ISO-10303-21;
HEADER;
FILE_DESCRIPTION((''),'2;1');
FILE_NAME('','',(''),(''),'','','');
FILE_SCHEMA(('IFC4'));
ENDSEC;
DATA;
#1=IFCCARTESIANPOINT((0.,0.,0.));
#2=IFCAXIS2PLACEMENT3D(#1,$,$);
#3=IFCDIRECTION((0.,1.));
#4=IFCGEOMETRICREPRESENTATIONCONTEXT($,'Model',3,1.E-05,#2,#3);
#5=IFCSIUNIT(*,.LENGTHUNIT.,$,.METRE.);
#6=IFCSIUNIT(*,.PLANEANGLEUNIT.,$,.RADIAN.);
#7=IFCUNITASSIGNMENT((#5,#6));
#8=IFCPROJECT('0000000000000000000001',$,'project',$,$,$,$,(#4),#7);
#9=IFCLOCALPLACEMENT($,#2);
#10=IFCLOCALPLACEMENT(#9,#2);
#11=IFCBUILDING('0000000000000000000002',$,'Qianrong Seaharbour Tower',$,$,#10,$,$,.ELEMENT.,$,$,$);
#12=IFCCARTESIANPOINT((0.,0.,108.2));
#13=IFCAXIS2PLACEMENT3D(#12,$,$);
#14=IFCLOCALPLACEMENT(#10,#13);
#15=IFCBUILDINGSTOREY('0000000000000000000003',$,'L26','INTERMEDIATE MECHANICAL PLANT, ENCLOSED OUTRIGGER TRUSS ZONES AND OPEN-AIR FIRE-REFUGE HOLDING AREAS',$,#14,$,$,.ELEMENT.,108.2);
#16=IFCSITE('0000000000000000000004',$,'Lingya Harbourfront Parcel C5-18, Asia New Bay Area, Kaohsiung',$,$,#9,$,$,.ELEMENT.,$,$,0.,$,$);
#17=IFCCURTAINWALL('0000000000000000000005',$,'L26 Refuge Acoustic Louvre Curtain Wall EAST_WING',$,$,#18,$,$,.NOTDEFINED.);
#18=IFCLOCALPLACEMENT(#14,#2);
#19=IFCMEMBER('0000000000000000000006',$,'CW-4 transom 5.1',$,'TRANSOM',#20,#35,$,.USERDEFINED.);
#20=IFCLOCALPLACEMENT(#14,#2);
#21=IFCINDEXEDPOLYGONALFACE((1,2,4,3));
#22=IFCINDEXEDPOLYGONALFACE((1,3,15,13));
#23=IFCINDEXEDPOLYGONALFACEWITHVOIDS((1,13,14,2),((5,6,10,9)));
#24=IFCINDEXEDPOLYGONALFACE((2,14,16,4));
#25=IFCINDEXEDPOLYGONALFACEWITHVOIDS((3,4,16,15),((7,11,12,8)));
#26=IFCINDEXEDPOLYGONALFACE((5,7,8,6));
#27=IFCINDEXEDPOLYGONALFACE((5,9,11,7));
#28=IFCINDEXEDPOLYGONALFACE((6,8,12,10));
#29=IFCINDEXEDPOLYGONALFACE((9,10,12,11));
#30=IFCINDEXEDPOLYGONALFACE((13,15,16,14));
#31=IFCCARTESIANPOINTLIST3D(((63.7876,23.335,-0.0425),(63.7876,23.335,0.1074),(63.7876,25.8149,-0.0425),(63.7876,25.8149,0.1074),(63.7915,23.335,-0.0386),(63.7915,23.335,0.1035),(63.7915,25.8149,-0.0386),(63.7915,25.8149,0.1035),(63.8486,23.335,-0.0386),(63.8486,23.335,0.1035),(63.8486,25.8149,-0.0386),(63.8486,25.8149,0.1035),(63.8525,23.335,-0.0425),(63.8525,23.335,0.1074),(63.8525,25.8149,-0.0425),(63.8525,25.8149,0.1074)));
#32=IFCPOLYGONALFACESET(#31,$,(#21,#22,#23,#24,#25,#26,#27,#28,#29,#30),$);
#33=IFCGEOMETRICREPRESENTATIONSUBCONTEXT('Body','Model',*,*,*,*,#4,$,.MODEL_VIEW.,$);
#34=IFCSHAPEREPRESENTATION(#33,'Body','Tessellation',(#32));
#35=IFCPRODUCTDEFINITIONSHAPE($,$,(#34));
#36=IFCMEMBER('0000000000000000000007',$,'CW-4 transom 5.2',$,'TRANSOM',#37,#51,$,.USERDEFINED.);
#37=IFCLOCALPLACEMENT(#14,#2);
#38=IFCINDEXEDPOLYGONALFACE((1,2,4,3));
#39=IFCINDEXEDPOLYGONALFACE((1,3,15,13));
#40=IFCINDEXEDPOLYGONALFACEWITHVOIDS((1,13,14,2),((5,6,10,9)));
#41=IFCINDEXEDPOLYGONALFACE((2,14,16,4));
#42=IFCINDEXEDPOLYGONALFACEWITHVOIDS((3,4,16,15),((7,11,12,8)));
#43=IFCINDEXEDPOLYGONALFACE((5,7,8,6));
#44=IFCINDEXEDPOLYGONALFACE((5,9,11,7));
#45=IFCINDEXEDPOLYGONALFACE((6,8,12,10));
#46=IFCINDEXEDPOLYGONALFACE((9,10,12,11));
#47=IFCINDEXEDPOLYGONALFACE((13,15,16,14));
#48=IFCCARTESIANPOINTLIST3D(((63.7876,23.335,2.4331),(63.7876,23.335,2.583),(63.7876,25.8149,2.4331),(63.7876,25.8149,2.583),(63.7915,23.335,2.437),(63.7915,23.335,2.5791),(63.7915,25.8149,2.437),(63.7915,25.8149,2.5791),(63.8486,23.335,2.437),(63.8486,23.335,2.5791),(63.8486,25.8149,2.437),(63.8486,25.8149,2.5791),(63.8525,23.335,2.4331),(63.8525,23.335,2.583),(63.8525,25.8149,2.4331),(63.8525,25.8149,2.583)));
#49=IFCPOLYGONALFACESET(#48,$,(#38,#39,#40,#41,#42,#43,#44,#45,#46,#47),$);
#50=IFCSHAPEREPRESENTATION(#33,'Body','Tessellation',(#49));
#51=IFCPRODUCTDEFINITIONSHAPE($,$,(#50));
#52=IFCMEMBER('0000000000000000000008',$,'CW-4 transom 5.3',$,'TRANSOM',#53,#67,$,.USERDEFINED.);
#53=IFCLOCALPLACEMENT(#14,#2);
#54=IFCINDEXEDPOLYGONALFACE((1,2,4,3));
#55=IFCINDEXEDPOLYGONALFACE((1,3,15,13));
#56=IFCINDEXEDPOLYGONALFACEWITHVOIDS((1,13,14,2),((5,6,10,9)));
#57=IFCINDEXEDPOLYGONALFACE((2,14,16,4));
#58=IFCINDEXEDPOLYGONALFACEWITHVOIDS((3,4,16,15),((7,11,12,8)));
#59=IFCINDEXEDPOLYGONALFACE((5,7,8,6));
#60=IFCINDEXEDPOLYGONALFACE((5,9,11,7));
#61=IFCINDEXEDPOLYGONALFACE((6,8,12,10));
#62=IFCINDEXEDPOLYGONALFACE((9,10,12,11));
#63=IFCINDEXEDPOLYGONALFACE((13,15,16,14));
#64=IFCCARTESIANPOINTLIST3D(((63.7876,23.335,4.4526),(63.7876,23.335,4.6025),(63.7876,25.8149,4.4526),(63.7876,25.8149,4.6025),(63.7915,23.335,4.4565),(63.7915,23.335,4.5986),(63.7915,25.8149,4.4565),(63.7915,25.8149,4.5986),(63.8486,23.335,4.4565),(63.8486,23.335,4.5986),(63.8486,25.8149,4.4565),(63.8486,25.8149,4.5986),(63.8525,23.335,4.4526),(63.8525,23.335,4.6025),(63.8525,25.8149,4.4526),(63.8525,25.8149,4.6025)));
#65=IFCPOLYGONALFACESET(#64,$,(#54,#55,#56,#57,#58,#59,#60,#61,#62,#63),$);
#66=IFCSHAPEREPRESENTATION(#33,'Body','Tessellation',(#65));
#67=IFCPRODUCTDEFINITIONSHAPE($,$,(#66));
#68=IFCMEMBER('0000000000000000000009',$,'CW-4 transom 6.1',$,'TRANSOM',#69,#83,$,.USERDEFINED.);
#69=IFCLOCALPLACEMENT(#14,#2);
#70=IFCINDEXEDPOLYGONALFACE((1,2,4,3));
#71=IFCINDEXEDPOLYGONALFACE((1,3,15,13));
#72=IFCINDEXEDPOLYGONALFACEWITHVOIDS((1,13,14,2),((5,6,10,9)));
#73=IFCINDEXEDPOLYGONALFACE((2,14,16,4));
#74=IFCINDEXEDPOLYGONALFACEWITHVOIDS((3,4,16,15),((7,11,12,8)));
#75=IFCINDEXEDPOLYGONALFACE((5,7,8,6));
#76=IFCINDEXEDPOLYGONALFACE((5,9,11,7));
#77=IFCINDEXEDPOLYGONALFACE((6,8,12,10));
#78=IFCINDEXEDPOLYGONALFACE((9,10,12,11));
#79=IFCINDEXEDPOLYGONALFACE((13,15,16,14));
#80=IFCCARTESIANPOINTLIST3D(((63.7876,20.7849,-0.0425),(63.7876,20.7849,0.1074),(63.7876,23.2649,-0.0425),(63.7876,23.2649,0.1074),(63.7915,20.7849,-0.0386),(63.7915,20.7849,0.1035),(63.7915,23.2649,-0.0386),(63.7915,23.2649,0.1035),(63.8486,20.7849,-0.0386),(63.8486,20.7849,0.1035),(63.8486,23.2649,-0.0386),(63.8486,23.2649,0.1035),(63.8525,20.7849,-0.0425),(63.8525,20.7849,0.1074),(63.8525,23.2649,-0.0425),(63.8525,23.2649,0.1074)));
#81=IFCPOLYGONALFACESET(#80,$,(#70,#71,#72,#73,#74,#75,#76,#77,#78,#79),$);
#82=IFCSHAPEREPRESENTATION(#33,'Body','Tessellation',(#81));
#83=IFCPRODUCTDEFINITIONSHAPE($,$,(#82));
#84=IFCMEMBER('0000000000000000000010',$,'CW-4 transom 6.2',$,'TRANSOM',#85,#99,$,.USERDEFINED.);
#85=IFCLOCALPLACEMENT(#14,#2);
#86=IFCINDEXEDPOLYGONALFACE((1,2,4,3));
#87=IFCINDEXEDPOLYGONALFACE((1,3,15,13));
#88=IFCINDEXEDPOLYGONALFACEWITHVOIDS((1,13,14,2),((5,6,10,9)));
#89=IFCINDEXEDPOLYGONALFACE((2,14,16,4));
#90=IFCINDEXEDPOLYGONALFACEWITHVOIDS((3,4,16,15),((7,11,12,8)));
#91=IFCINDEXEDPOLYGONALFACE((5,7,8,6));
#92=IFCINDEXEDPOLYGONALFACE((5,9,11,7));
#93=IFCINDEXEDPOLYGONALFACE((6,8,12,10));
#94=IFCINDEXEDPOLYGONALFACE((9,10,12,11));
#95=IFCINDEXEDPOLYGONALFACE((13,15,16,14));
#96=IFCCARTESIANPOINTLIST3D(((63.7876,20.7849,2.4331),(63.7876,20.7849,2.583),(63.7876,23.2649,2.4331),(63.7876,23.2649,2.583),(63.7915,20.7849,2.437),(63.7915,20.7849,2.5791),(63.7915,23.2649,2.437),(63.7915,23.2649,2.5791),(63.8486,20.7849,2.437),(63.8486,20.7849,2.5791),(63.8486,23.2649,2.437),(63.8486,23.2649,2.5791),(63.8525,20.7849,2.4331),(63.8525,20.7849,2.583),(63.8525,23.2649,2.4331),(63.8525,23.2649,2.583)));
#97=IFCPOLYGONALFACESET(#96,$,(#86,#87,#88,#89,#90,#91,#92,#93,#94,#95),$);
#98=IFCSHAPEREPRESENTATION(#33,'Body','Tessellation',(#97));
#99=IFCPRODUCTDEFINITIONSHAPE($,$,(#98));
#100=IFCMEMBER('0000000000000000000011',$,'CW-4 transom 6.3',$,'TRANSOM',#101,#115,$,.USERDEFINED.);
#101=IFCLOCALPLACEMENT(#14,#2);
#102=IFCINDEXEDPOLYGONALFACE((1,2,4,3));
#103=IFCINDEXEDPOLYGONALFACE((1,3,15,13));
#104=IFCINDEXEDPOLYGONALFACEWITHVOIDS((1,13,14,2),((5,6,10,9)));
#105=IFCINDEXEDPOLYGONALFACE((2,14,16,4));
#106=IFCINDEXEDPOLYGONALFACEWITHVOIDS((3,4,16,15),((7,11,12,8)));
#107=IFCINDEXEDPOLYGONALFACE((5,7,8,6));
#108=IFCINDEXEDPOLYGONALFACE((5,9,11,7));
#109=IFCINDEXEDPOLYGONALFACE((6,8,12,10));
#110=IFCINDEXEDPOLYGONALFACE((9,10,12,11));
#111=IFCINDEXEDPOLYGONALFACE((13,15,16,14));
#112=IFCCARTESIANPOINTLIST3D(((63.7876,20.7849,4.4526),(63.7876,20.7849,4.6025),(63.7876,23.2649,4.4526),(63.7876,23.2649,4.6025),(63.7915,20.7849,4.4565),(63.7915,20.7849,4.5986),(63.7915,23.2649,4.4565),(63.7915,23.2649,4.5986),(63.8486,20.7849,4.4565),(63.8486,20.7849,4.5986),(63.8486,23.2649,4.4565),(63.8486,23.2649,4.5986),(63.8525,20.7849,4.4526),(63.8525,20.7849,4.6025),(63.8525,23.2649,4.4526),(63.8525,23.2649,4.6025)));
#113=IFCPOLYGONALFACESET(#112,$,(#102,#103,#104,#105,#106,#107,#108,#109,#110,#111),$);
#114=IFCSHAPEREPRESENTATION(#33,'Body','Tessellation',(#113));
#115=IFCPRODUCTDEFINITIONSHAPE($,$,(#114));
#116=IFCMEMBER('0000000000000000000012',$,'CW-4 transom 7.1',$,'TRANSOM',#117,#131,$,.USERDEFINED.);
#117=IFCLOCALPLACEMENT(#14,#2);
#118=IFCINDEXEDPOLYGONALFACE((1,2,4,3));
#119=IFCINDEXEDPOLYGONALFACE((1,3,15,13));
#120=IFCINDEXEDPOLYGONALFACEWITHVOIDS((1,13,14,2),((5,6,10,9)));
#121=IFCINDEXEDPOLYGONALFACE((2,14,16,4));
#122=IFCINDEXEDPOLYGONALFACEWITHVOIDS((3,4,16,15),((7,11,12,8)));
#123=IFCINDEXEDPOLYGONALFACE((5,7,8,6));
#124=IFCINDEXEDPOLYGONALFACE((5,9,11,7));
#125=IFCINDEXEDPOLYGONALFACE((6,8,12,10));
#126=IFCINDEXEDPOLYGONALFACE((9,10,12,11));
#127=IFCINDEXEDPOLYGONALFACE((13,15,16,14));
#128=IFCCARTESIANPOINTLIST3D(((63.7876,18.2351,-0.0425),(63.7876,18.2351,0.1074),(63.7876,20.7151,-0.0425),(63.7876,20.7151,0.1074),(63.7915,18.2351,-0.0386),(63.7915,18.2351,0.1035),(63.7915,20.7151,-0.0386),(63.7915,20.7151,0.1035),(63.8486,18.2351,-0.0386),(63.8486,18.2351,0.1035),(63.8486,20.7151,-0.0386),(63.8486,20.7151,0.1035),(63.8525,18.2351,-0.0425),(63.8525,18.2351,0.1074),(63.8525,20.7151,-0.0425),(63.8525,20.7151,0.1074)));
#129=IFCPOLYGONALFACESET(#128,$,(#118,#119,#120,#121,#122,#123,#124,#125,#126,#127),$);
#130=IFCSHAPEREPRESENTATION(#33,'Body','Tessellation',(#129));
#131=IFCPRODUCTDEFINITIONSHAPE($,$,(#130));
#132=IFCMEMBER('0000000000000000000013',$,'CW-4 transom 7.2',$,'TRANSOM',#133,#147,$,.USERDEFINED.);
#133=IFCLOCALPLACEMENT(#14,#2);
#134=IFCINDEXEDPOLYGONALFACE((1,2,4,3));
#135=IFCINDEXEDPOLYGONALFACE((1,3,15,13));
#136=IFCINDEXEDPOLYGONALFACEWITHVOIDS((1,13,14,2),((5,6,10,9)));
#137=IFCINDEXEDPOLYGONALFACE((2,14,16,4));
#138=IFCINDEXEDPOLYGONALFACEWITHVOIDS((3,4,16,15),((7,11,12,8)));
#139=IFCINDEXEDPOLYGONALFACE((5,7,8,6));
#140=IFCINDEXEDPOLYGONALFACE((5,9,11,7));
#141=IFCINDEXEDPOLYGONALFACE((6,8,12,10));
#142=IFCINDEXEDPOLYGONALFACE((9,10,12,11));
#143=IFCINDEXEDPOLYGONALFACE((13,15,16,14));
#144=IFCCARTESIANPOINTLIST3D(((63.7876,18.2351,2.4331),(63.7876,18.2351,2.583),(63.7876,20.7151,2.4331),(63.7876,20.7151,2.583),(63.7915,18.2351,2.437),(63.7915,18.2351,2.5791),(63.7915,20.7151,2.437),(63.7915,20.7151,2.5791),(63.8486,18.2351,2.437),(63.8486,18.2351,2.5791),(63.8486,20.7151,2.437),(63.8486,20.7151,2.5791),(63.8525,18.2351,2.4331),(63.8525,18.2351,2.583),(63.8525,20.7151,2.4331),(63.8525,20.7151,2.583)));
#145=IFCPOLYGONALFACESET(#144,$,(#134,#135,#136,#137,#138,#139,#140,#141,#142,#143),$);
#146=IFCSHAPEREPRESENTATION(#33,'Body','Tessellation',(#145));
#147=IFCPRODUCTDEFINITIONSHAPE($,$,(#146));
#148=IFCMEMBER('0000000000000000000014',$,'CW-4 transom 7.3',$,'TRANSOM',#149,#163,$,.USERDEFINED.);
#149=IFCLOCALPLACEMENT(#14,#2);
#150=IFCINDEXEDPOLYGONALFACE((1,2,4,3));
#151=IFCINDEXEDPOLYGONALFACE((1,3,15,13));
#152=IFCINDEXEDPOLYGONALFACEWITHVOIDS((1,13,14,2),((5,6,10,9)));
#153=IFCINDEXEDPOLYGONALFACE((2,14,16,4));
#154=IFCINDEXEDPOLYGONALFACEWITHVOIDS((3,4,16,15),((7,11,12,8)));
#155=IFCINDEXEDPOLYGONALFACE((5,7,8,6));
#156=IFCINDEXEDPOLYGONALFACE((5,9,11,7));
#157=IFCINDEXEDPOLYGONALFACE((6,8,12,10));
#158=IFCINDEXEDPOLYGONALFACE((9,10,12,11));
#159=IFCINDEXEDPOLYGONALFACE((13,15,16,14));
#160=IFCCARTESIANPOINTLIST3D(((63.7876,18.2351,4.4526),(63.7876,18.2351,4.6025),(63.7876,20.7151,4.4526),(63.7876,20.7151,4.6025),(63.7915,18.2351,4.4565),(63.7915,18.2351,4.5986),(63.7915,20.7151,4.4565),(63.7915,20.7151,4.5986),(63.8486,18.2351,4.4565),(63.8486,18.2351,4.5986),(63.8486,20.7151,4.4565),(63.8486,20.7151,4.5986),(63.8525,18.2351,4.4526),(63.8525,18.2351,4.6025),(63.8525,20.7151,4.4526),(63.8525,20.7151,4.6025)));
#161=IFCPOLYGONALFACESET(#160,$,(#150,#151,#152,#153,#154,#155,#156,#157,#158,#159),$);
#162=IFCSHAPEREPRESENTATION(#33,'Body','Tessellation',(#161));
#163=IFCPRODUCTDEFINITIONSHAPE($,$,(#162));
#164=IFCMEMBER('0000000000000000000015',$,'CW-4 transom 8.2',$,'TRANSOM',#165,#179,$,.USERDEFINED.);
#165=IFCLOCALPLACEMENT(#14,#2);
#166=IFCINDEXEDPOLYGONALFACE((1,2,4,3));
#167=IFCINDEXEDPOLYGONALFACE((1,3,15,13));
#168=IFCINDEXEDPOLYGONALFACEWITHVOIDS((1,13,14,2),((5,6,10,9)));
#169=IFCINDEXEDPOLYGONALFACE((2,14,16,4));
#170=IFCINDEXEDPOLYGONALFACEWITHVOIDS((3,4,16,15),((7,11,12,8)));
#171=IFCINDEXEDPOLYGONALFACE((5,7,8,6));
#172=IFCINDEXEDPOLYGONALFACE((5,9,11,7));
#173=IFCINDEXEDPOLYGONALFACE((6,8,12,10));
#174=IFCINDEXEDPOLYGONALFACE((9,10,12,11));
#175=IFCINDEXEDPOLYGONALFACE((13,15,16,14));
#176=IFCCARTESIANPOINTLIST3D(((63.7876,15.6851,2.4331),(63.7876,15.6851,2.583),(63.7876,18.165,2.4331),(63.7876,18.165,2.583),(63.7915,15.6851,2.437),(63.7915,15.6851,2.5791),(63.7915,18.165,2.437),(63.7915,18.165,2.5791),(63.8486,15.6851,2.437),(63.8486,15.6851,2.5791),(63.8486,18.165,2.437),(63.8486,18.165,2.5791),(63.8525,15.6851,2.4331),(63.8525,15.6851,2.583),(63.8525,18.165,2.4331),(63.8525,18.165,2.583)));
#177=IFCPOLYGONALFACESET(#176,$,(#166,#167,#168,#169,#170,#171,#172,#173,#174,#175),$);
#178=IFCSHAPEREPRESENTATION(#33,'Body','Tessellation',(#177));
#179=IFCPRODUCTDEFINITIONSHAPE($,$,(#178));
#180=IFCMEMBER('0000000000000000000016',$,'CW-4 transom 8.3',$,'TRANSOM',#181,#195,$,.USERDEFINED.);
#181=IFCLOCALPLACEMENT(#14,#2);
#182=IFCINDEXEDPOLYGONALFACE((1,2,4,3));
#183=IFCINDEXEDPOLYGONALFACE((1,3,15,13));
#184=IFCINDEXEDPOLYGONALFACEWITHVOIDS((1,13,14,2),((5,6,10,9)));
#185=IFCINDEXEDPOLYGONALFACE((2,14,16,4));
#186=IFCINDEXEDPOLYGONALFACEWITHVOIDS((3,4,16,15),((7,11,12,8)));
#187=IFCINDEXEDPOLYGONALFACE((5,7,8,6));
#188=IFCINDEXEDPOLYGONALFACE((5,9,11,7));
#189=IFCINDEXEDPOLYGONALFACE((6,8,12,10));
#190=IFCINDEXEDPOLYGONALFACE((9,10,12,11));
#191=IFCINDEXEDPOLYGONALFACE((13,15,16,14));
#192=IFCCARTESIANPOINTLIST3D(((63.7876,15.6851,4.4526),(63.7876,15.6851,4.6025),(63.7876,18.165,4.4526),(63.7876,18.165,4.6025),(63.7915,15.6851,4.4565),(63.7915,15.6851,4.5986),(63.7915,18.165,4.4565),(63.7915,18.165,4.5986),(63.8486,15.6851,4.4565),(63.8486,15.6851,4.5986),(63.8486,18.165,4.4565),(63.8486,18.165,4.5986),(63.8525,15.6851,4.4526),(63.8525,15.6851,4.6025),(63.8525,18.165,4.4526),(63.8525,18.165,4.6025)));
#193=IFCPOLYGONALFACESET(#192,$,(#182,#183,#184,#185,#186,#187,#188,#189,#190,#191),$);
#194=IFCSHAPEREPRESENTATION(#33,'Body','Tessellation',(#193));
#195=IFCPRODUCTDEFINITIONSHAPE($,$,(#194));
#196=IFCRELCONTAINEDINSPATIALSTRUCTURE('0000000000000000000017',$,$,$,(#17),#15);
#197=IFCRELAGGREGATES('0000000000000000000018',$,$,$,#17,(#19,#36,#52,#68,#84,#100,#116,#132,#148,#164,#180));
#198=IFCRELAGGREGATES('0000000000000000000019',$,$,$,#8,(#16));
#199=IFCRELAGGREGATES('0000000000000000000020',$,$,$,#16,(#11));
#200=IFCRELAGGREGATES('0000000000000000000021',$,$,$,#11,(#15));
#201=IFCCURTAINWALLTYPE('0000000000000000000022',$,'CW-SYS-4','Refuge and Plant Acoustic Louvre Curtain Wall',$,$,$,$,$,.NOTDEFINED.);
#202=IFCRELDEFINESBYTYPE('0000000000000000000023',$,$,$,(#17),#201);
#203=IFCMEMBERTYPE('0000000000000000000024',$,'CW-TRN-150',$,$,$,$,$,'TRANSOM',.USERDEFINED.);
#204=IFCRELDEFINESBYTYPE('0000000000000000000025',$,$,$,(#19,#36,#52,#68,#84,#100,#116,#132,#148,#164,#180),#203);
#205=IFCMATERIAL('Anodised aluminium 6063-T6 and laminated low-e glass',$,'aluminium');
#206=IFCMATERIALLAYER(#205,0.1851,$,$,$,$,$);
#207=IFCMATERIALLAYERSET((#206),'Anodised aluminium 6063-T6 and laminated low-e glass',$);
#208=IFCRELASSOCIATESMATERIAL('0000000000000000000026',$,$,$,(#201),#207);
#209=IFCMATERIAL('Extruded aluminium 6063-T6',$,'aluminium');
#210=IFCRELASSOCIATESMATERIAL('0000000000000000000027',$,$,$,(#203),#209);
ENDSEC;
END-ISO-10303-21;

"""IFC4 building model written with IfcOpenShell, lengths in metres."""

from ifc_helpers import new_model, si_unit, direction, frame, origin, origin_2d, place, context, subcontext, project, spatial, hollow_rectangle, extrude, material, layer, layer_set, material_profile, profile_set, type_object, element, aggregate, save


model = new_model("IFC4")

# Units and contexts
model_context = context("Model", 3, precision=1e-05, world=origin(), true_north=direction((0.0, 1.0)))
body_context = subcontext(model_context, "Body", "Model", "MODEL_VIEW")
ifc_project = project(units=[si_unit("LENGTHUNIT", "METRE"), si_unit("PLANEANGLEUNIT", "RADIAN")], contexts=[model_context])

# Site, building, storey
site_placement = place(None, origin())
site = spatial("IfcSite", under=ifc_project, at=site_placement, Name="Lingya Harbourfront Parcel C5-18, Asia New Bay Area, Kaohsiung", CompositionType="ELEMENT", RefElevation=0.0)
building_placement = place(site_placement, origin())
building = spatial("IfcBuilding", under=site, at=building_placement, Name="Qianrong Seaharbour Tower", CompositionType="ELEMENT")
storey_placement = place(building_placement, frame((0.0, 0.0, 108.2)))
storey = spatial("IfcBuildingStorey", under=building, at=storey_placement, Name="L26", Description="INTERMEDIATE MECHANICAL PLANT, ENCLOSED OUTRIGGER TRUSS ZONES AND OPEN-AIR FIRE-REFUGE HOLDING AREAS", CompositionType="ELEMENT", Elevation=108.2)

# Curtain wall, members
ifc_material_1 = material(Name="Anodised aluminium 6063-T6 and laminated low-e glass", Category="aluminium")
ifc_layer_1 = layer(ifc_material_1, 0.1851)
ifc_layer_set_1 = layer_set([ifc_layer_1], Name="Anodised aluminium 6063-T6 and laminated low-e glass")
curtain_wall_type = type_object("IfcCurtainWallType", Name="CW-SYS-4", Description="Refuge and Plant Acoustic Louvre Curtain Wall", PredefinedType="NOTDEFINED", material=ifc_layer_set_1)
curtain_wall_placement = place(storey_placement, origin())
curtain_wall = element("IfcCurtainWall", 1, at=curtain_wall_placement, inside=storey, type_object=curtain_wall_type, Name="L26 Refuge Acoustic Louvre Curtain Wall EAST_WING", PredefinedType="NOTDEFINED")
ifc_material_2 = material(Name="Extruded aluminium 6063-T6", Category="aluminium")
ifc_material_profile_1 = material_profile(ifc_material_2, hollow_rectangle(XDim=0.0649, YDim=0.1499, WallThickness=0.0039, at=origin_2d()), Name="ALU-TRN-150x65x4")
ifc_profile_set_1 = profile_set([ifc_material_profile_1], Name="Extruded aluminium 6063-T6")
member_type_1 = type_object("IfcMemberType", Name="CW-TRN-150", ElementType="TRANSOM", PredefinedType="USERDEFINED", material=ifc_profile_set_1)
member_1_placement = place(storey_placement, frame((63.8201, 25.8149, 0.0325), z_axis=(0.0, -1.0, 0.0), x_axis=(1.0, 0.0, 0.0)))
member_1 = element("IfcMember", 2, at=member_1_placement, type_object=member_type_1, Name="CW-4 transom 5.1", ObjectType="TRANSOM", PredefinedType="USERDEFINED", context=body_context, shape_type="SweptSolid", body=[
    extrude(hollow_rectangle(XDim=0.0649, YDim=0.1499, WallThickness=0.0039, at=origin_2d()), origin(), (0.0, 0.0, 1.0), 2.48),
])
member_2_placement = place(storey_placement, frame((63.8201, 25.8149, 2.5081), z_axis=(0.0, -1.0, 0.0), x_axis=(1.0, 0.0, 0.0)))
member_2 = element("IfcMember", 3, at=member_2_placement, type_object=member_type_1, Name="CW-4 transom 5.2", ObjectType="TRANSOM", PredefinedType="USERDEFINED", context=body_context, shape_type="SweptSolid", body=[
    extrude(hollow_rectangle(XDim=0.0649, YDim=0.1499, WallThickness=0.0039, at=origin_2d()), origin(), (0.0, 0.0, 1.0), 2.48),
])
member_3_placement = place(storey_placement, frame((63.8201, 25.8149, 4.5276), z_axis=(0.0, -1.0, 0.0), x_axis=(1.0, 0.0, 0.0)))
member_3 = element("IfcMember", 4, at=member_3_placement, type_object=member_type_1, Name="CW-4 transom 5.3", ObjectType="TRANSOM", PredefinedType="USERDEFINED", context=body_context, shape_type="SweptSolid", body=[
    extrude(hollow_rectangle(XDim=0.0649, YDim=0.1499, WallThickness=0.0039, at=origin_2d()), origin(), (0.0, 0.0, 1.0), 2.48),
])
member_4_placement = place(storey_placement, frame((63.8201, 23.2649, 0.0325), z_axis=(0.0, -1.0, 0.0), x_axis=(1.0, 0.0, 0.0)))
member_4 = element("IfcMember", 5, at=member_4_placement, type_object=member_type_1, Name="CW-4 transom 6.1", ObjectType="TRANSOM", PredefinedType="USERDEFINED", context=body_context, shape_type="SweptSolid", body=[
    extrude(hollow_rectangle(XDim=0.0649, YDim=0.1499, WallThickness=0.0039, at=origin_2d()), origin(), (0.0, 0.0, 1.0), 2.48),
])
member_5_placement = place(storey_placement, frame((63.8201, 23.2649, 2.5081), z_axis=(0.0, -1.0, 0.0), x_axis=(1.0, 0.0, 0.0)))
member_5 = element("IfcMember", 6, at=member_5_placement, type_object=member_type_1, Name="CW-4 transom 6.2", ObjectType="TRANSOM", PredefinedType="USERDEFINED", context=body_context, shape_type="SweptSolid", body=[
    extrude(hollow_rectangle(XDim=0.0649, YDim=0.1499, WallThickness=0.0039, at=origin_2d()), origin(), (0.0, 0.0, 1.0), 2.48),
])
member_6_placement = place(storey_placement, frame((63.8201, 23.2649, 4.5276), z_axis=(0.0, -1.0, 0.0), x_axis=(1.0, 0.0, 0.0)))
member_6 = element("IfcMember", 7, at=member_6_placement, type_object=member_type_1, Name="CW-4 transom 6.3", ObjectType="TRANSOM", PredefinedType="USERDEFINED", context=body_context, shape_type="SweptSolid", body=[
    extrude(hollow_rectangle(XDim=0.0649, YDim=0.1499, WallThickness=0.0039, at=origin_2d()), origin(), (0.0, 0.0, 1.0), 2.48),
])
member_7_placement = place(storey_placement, frame((63.8201, 20.7151, 0.0325), z_axis=(0.0, -1.0, 0.0), x_axis=(1.0, 0.0, 0.0)))
member_7 = element("IfcMember", 8, at=member_7_placement, type_object=member_type_1, Name="CW-4 transom 7.1", ObjectType="TRANSOM", PredefinedType="USERDEFINED", context=body_context, shape_type="SweptSolid", body=[
    extrude(hollow_rectangle(XDim=0.0649, YDim=0.1499, WallThickness=0.0039, at=origin_2d()), origin(), (0.0, 0.0, 1.0), 2.48),
])
member_8_placement = place(storey_placement, frame((63.8201, 20.7151, 2.5081), z_axis=(0.0, -1.0, 0.0), x_axis=(1.0, 0.0, 0.0)))
member_8 = element("IfcMember", 9, at=member_8_placement, type_object=member_type_1, Name="CW-4 transom 7.2", ObjectType="TRANSOM", PredefinedType="USERDEFINED", context=body_context, shape_type="SweptSolid", body=[
    extrude(hollow_rectangle(XDim=0.0649, YDim=0.1499, WallThickness=0.0039, at=origin_2d()), origin(), (0.0, 0.0, 1.0), 2.48),
])
member_9_placement = place(storey_placement, frame((63.8201, 20.7151, 4.5276), z_axis=(0.0, -1.0, 0.0), x_axis=(1.0, 0.0, 0.0)))
member_9 = element("IfcMember", 10, at=member_9_placement, type_object=member_type_1, Name="CW-4 transom 7.3", ObjectType="TRANSOM", PredefinedType="USERDEFINED", context=body_context, shape_type="SweptSolid", body=[
    extrude(hollow_rectangle(XDim=0.0649, YDim=0.1499, WallThickness=0.0039, at=origin_2d()), origin(), (0.0, 0.0, 1.0), 2.48),
])
member_10_placement = place(storey_placement, frame((63.8201, 18.165, 2.5081), z_axis=(0.0, -1.0, 0.0), x_axis=(1.0, 0.0, 0.0)))
member_10 = element("IfcMember", 11, at=member_10_placement, type_object=member_type_1, Name="CW-4 transom 8.2", ObjectType="TRANSOM", PredefinedType="USERDEFINED", context=body_context, shape_type="SweptSolid", body=[
    extrude(hollow_rectangle(XDim=0.0649, YDim=0.1499, WallThickness=0.0039, at=origin_2d()), origin(), (0.0, 0.0, 1.0), 2.48),
])
member_11_placement = place(storey_placement, frame((63.8201, 18.165, 4.5276), z_axis=(0.0, -1.0, 0.0), x_axis=(1.0, 0.0, 0.0)))
member_11 = element("IfcMember", 12, at=member_11_placement, type_object=member_type_1, Name="CW-4 transom 8.3", ObjectType="TRANSOM", PredefinedType="USERDEFINED", context=body_context, shape_type="SweptSolid", body=[
    extrude(hollow_rectangle(XDim=0.0649, YDim=0.1499, WallThickness=0.0039, at=origin_2d()), origin(), (0.0, 0.0, 1.0), 2.48),
])
aggregate(curtain_wall, [member_1, member_2, member_3, member_4, member_5, member_6, member_7, member_8, member_9, member_10, member_11])

save(model, "model.ifc")
